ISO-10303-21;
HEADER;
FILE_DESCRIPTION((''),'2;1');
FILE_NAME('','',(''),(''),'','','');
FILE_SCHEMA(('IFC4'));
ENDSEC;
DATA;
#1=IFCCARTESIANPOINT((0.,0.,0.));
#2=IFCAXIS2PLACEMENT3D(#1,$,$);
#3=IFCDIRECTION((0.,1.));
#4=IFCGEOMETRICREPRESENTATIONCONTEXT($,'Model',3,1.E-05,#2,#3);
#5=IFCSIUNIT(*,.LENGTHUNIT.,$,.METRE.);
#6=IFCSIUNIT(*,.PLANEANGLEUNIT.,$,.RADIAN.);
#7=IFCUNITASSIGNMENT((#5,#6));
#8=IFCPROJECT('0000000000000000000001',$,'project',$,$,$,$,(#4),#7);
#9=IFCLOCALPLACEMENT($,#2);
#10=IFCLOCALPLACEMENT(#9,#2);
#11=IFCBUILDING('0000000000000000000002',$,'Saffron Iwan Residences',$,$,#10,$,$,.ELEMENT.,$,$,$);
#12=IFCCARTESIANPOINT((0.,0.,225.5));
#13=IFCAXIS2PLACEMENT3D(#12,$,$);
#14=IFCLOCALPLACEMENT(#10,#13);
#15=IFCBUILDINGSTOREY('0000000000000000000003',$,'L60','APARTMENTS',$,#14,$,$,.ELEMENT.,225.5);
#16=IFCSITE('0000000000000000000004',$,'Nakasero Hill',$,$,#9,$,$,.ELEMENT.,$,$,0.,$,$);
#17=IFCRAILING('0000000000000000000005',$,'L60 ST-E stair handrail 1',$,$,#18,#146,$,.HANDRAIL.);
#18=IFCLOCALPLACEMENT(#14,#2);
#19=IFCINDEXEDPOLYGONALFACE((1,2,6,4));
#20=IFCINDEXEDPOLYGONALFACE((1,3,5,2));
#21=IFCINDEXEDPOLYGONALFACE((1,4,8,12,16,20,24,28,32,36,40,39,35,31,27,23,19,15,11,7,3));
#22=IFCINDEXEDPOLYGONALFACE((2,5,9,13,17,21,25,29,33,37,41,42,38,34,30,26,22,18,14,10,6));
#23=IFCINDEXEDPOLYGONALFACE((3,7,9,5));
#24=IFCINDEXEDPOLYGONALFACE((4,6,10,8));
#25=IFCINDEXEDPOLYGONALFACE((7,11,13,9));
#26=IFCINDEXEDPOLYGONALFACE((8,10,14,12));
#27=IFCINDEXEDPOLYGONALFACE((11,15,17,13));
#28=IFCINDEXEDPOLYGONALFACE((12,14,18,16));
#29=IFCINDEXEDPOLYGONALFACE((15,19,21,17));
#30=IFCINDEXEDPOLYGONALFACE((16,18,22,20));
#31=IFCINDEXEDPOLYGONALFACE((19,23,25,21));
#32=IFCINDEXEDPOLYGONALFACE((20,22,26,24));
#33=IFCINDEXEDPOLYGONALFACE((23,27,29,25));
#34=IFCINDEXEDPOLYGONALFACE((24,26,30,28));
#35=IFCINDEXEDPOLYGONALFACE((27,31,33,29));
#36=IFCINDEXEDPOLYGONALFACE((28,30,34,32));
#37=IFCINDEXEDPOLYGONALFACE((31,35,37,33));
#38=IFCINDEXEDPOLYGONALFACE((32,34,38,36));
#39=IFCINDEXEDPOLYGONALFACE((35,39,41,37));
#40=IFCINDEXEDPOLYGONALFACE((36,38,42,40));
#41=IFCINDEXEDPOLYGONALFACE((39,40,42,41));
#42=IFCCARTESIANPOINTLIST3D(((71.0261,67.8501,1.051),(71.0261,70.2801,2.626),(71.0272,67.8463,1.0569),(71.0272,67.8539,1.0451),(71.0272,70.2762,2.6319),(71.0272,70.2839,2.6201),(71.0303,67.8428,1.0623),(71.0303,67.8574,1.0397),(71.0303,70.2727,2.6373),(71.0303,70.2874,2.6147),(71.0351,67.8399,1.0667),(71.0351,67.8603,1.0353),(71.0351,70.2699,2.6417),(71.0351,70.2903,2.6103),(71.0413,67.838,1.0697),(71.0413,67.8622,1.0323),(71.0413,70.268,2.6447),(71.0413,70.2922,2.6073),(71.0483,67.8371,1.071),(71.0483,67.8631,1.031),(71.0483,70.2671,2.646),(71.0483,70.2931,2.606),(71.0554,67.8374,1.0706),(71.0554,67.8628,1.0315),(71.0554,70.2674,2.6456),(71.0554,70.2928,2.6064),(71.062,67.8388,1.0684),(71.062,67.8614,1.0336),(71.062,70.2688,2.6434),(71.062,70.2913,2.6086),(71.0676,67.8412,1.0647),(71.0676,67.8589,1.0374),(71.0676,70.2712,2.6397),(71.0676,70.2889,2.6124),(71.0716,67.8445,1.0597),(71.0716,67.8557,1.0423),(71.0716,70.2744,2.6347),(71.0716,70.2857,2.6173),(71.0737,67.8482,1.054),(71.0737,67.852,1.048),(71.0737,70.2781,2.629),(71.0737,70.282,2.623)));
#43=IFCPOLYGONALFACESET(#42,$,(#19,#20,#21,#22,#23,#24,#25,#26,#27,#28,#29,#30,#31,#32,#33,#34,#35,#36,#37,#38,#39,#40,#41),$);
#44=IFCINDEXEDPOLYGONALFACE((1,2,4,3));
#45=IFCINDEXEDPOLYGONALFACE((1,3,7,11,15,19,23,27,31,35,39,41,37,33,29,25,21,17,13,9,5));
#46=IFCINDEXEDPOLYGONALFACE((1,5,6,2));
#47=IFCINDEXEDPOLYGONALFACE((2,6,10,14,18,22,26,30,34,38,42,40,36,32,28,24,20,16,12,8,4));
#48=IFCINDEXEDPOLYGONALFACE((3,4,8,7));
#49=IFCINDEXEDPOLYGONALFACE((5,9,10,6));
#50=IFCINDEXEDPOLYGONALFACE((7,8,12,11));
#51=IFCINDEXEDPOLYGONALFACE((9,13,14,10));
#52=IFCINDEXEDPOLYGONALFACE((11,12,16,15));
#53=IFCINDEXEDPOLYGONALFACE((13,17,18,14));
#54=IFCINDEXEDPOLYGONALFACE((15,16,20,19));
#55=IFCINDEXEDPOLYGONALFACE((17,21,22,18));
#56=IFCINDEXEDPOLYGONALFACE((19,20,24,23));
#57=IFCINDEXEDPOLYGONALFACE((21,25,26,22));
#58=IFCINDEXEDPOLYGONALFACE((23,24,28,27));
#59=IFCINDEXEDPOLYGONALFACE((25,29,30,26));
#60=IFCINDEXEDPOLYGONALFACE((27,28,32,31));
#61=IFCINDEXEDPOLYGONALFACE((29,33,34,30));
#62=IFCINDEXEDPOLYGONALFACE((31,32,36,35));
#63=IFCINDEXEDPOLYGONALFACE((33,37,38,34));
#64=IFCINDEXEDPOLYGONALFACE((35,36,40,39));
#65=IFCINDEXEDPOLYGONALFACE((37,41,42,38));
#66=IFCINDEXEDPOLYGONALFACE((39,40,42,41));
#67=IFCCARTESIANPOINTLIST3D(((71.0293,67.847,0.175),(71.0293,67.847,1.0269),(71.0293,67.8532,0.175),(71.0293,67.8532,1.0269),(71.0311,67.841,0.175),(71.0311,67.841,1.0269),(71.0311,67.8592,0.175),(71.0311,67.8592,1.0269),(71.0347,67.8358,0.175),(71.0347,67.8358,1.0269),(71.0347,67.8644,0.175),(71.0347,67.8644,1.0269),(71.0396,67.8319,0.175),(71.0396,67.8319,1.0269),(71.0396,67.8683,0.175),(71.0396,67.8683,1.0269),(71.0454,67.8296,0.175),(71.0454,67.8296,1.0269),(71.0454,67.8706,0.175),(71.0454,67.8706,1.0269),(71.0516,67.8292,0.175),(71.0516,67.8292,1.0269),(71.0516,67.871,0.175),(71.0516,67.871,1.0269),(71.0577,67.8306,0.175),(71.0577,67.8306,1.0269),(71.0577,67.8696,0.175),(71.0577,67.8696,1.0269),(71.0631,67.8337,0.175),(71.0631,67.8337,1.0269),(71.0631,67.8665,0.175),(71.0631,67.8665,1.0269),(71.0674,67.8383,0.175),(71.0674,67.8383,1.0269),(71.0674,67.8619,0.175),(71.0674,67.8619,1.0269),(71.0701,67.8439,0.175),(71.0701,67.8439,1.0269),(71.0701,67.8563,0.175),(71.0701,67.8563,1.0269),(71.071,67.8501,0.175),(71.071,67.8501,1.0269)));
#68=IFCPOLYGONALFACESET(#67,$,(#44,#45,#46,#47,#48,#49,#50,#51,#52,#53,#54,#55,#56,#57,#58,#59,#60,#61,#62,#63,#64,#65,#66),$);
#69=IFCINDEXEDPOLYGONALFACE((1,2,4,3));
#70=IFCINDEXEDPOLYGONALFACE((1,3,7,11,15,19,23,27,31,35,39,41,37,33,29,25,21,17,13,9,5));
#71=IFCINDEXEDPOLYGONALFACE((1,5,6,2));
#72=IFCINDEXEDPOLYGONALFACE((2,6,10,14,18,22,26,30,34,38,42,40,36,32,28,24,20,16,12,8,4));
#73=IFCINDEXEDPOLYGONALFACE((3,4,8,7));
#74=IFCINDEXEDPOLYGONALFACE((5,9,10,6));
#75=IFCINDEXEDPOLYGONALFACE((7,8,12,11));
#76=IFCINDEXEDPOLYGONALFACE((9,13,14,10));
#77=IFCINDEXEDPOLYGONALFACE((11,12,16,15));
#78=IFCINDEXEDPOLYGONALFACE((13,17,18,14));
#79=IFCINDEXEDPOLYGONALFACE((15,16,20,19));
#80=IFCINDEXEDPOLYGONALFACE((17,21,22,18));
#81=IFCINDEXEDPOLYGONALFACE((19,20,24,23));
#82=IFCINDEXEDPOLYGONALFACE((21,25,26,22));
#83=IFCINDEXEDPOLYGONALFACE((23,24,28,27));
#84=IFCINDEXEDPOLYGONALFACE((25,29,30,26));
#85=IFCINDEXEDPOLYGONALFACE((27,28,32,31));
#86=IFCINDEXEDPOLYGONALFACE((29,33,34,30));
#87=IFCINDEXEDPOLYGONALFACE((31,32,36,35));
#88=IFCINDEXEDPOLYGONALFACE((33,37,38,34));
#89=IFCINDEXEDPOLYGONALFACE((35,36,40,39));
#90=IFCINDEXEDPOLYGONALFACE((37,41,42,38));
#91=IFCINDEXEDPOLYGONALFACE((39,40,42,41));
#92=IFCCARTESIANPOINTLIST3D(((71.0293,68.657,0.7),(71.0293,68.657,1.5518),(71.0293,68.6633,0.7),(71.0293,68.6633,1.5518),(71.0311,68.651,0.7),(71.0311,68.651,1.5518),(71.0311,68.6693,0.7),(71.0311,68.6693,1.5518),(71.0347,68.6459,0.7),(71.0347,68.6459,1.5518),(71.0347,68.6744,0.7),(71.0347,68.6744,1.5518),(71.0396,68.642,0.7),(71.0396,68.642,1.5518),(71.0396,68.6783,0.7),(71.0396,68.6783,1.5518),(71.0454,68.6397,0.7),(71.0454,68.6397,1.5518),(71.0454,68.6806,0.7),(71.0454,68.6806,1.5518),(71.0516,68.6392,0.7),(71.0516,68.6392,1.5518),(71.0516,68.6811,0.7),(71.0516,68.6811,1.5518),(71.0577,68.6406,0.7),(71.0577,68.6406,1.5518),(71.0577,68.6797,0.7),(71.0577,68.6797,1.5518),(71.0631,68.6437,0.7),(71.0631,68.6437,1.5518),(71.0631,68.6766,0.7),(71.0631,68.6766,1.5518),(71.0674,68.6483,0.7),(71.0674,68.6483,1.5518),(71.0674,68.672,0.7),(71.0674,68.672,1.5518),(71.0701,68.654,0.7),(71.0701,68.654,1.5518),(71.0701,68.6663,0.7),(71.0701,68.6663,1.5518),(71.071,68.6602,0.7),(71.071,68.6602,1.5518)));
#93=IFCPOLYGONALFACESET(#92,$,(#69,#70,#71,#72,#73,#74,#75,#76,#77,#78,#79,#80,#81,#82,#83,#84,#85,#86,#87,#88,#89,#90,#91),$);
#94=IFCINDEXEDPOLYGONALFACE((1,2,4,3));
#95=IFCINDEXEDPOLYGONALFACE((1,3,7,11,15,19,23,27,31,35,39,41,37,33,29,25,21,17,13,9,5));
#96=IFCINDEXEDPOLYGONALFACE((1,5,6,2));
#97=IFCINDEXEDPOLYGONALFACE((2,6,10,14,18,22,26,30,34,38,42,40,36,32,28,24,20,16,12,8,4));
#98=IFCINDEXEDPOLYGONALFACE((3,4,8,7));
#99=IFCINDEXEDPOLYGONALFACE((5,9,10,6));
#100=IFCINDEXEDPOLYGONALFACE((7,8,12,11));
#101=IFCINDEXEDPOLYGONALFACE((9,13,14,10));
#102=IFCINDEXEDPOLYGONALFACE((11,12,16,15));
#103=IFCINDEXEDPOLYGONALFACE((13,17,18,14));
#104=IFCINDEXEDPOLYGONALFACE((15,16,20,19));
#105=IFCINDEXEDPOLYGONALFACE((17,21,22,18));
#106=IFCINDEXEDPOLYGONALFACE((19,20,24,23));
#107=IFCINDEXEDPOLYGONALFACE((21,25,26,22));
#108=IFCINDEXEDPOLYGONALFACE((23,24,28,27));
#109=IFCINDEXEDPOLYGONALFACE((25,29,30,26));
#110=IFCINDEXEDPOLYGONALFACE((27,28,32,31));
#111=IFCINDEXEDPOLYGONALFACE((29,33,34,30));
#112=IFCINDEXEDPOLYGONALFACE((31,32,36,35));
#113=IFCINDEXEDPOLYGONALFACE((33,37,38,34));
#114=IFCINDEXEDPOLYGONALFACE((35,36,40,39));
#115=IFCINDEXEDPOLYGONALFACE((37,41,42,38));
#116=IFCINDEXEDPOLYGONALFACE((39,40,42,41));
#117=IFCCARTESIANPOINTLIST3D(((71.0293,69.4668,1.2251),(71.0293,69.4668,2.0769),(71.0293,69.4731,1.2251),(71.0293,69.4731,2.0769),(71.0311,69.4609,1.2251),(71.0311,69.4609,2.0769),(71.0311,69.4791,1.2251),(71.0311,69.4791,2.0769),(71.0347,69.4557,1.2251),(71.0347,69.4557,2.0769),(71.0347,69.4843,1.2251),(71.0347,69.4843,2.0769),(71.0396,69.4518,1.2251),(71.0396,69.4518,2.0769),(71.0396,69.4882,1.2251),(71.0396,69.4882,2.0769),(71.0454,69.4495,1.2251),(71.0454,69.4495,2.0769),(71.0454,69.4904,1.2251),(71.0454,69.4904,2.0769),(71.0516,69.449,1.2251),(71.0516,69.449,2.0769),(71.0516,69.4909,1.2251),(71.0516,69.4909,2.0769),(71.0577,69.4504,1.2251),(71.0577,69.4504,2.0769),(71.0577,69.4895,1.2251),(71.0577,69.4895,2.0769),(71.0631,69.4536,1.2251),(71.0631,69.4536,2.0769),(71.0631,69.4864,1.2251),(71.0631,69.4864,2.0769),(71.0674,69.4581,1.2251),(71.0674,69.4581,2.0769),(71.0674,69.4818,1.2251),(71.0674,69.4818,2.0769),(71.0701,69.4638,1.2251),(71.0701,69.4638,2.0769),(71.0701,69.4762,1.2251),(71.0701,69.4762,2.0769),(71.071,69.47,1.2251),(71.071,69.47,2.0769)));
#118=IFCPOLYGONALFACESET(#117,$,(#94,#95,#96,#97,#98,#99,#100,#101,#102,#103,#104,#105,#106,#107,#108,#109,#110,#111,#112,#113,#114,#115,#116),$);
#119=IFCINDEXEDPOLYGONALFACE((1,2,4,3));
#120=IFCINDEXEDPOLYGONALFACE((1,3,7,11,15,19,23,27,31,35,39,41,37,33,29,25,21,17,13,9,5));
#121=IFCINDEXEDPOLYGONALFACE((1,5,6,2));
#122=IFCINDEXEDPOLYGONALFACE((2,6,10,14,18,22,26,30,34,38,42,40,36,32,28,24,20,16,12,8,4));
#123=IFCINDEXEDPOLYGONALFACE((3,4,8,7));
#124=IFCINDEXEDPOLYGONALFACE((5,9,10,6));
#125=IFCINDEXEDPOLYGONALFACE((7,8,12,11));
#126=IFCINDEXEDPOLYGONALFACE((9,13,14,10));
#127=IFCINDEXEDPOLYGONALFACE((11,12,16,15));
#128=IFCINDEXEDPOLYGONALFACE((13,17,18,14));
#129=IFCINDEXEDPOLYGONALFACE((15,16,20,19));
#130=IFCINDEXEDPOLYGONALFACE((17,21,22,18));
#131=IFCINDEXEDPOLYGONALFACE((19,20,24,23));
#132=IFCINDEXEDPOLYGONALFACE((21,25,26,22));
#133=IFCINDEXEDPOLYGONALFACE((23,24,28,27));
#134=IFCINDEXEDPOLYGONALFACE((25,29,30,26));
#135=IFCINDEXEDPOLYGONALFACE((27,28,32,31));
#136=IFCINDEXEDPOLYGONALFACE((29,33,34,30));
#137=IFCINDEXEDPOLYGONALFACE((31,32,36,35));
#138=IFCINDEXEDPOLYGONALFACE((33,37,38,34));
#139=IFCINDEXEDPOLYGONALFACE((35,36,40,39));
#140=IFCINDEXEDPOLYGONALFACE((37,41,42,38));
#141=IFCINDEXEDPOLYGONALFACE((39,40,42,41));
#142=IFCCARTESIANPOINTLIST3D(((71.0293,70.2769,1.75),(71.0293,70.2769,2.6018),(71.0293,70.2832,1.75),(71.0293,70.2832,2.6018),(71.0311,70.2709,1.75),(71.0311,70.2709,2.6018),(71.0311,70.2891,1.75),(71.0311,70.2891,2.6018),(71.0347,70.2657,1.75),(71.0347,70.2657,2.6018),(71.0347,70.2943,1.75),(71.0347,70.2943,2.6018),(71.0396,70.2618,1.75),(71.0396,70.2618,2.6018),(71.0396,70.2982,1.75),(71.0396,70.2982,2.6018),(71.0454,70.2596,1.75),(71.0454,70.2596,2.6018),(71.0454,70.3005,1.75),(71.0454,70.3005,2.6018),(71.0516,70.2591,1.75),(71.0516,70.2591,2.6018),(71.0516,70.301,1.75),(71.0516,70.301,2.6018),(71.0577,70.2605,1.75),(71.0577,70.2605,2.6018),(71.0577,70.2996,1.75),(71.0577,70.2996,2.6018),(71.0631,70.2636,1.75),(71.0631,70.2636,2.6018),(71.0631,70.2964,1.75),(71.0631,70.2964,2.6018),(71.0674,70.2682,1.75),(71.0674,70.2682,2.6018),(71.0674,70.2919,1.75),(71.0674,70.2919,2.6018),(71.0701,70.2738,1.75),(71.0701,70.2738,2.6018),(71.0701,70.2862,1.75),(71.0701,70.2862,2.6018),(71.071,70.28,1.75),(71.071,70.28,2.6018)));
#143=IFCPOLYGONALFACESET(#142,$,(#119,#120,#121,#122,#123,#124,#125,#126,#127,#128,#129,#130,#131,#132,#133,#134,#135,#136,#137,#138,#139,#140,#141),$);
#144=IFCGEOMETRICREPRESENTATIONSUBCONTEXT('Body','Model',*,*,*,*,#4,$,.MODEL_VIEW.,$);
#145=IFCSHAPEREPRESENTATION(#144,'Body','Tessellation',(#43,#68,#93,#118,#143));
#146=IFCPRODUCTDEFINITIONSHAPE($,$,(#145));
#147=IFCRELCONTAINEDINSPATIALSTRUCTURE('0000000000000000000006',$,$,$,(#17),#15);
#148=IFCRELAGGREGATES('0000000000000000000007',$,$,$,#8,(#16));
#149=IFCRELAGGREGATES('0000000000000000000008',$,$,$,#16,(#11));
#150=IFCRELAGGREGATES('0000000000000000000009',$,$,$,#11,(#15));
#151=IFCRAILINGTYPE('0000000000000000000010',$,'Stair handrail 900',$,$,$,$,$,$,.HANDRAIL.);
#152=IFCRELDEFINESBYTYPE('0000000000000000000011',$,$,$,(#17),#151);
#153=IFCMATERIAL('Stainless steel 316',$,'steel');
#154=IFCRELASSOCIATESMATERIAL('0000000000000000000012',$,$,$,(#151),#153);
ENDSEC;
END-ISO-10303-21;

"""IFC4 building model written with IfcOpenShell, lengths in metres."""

from ifc_helpers import new_model, si_unit, direction, frame, origin, origin_2d, place, context, subcontext, project, spatial, circle, extrude, material, type_object, element, save


model = new_model("IFC4")

# Units and contexts
model_context = context("Model", 3, precision=1e-05, world=origin(), true_north=direction((0.0, 1.0)))
body_context = subcontext(model_context, "Body", "Model", "MODEL_VIEW")
ifc_project = project(units=[si_unit("LENGTHUNIT", "METRE"), si_unit("PLANEANGLEUNIT", "RADIAN")], contexts=[model_context])

# Site, building, storey
site_placement = place(None, origin())
site = spatial("IfcSite", under=ifc_project, at=site_placement, Name="Nakasero Hill", CompositionType="ELEMENT", RefElevation=0.0)
building_placement = place(site_placement, origin())
building = spatial("IfcBuilding", under=site, at=building_placement, Name="Saffron Iwan Residences", CompositionType="ELEMENT")
storey_placement = place(building_placement, frame((0.0, 0.0, 225.5)))
storey = spatial("IfcBuildingStorey", under=building, at=storey_placement, Name="L60", Description="APARTMENTS", CompositionType="ELEMENT", Elevation=225.5)

# Shared definitions
ifc_material_1 = material(Name="Stainless steel 316", Category="steel")

# Railing
railing_type_1 = type_object("IfcRailingType", Name="Stair handrail 900", PredefinedType="HANDRAIL", material=ifc_material_1)
railing_1_placement = place(storey_placement, frame((71.05, 67.8501, 0.175)))
element("IfcRailing", 1, at=railing_1_placement, inside=storey, type_object=railing_type_1, Name="L60 ST-E stair handrail 1", PredefinedType="HANDRAIL", context=body_context, shape_type="SweptSolid", body=[
    extrude(circle(Radius=0.0239, at=origin_2d()), frame((0.0, 0.0, 0.876), z_axis=(0.0, 0.839154, 0.543894), x_axis=(-1.0, 0.0, 0.0)), (0.0, 0.0, 1.0), 2.8958),
    extrude(circle(Radius=0.021, at=origin_2d()), origin(), (0.0, 0.0, 1.0), 0.8518),
    extrude(circle(Radius=0.021, at=origin_2d()), frame((0.0, 0.8101, 0.5249)), (0.0, 0.0, 1.0), 0.8518),
    extrude(circle(Radius=0.021, at=origin_2d()), frame((0.0, 1.6199, 1.05)), (0.0, 0.0, 1.0), 0.8518),
    extrude(circle(Radius=0.021, at=origin_2d()), frame((0.0, 2.4299, 1.575)), (0.0, 0.0, 1.0), 0.8518),
])

save(model, "model.ifc")
